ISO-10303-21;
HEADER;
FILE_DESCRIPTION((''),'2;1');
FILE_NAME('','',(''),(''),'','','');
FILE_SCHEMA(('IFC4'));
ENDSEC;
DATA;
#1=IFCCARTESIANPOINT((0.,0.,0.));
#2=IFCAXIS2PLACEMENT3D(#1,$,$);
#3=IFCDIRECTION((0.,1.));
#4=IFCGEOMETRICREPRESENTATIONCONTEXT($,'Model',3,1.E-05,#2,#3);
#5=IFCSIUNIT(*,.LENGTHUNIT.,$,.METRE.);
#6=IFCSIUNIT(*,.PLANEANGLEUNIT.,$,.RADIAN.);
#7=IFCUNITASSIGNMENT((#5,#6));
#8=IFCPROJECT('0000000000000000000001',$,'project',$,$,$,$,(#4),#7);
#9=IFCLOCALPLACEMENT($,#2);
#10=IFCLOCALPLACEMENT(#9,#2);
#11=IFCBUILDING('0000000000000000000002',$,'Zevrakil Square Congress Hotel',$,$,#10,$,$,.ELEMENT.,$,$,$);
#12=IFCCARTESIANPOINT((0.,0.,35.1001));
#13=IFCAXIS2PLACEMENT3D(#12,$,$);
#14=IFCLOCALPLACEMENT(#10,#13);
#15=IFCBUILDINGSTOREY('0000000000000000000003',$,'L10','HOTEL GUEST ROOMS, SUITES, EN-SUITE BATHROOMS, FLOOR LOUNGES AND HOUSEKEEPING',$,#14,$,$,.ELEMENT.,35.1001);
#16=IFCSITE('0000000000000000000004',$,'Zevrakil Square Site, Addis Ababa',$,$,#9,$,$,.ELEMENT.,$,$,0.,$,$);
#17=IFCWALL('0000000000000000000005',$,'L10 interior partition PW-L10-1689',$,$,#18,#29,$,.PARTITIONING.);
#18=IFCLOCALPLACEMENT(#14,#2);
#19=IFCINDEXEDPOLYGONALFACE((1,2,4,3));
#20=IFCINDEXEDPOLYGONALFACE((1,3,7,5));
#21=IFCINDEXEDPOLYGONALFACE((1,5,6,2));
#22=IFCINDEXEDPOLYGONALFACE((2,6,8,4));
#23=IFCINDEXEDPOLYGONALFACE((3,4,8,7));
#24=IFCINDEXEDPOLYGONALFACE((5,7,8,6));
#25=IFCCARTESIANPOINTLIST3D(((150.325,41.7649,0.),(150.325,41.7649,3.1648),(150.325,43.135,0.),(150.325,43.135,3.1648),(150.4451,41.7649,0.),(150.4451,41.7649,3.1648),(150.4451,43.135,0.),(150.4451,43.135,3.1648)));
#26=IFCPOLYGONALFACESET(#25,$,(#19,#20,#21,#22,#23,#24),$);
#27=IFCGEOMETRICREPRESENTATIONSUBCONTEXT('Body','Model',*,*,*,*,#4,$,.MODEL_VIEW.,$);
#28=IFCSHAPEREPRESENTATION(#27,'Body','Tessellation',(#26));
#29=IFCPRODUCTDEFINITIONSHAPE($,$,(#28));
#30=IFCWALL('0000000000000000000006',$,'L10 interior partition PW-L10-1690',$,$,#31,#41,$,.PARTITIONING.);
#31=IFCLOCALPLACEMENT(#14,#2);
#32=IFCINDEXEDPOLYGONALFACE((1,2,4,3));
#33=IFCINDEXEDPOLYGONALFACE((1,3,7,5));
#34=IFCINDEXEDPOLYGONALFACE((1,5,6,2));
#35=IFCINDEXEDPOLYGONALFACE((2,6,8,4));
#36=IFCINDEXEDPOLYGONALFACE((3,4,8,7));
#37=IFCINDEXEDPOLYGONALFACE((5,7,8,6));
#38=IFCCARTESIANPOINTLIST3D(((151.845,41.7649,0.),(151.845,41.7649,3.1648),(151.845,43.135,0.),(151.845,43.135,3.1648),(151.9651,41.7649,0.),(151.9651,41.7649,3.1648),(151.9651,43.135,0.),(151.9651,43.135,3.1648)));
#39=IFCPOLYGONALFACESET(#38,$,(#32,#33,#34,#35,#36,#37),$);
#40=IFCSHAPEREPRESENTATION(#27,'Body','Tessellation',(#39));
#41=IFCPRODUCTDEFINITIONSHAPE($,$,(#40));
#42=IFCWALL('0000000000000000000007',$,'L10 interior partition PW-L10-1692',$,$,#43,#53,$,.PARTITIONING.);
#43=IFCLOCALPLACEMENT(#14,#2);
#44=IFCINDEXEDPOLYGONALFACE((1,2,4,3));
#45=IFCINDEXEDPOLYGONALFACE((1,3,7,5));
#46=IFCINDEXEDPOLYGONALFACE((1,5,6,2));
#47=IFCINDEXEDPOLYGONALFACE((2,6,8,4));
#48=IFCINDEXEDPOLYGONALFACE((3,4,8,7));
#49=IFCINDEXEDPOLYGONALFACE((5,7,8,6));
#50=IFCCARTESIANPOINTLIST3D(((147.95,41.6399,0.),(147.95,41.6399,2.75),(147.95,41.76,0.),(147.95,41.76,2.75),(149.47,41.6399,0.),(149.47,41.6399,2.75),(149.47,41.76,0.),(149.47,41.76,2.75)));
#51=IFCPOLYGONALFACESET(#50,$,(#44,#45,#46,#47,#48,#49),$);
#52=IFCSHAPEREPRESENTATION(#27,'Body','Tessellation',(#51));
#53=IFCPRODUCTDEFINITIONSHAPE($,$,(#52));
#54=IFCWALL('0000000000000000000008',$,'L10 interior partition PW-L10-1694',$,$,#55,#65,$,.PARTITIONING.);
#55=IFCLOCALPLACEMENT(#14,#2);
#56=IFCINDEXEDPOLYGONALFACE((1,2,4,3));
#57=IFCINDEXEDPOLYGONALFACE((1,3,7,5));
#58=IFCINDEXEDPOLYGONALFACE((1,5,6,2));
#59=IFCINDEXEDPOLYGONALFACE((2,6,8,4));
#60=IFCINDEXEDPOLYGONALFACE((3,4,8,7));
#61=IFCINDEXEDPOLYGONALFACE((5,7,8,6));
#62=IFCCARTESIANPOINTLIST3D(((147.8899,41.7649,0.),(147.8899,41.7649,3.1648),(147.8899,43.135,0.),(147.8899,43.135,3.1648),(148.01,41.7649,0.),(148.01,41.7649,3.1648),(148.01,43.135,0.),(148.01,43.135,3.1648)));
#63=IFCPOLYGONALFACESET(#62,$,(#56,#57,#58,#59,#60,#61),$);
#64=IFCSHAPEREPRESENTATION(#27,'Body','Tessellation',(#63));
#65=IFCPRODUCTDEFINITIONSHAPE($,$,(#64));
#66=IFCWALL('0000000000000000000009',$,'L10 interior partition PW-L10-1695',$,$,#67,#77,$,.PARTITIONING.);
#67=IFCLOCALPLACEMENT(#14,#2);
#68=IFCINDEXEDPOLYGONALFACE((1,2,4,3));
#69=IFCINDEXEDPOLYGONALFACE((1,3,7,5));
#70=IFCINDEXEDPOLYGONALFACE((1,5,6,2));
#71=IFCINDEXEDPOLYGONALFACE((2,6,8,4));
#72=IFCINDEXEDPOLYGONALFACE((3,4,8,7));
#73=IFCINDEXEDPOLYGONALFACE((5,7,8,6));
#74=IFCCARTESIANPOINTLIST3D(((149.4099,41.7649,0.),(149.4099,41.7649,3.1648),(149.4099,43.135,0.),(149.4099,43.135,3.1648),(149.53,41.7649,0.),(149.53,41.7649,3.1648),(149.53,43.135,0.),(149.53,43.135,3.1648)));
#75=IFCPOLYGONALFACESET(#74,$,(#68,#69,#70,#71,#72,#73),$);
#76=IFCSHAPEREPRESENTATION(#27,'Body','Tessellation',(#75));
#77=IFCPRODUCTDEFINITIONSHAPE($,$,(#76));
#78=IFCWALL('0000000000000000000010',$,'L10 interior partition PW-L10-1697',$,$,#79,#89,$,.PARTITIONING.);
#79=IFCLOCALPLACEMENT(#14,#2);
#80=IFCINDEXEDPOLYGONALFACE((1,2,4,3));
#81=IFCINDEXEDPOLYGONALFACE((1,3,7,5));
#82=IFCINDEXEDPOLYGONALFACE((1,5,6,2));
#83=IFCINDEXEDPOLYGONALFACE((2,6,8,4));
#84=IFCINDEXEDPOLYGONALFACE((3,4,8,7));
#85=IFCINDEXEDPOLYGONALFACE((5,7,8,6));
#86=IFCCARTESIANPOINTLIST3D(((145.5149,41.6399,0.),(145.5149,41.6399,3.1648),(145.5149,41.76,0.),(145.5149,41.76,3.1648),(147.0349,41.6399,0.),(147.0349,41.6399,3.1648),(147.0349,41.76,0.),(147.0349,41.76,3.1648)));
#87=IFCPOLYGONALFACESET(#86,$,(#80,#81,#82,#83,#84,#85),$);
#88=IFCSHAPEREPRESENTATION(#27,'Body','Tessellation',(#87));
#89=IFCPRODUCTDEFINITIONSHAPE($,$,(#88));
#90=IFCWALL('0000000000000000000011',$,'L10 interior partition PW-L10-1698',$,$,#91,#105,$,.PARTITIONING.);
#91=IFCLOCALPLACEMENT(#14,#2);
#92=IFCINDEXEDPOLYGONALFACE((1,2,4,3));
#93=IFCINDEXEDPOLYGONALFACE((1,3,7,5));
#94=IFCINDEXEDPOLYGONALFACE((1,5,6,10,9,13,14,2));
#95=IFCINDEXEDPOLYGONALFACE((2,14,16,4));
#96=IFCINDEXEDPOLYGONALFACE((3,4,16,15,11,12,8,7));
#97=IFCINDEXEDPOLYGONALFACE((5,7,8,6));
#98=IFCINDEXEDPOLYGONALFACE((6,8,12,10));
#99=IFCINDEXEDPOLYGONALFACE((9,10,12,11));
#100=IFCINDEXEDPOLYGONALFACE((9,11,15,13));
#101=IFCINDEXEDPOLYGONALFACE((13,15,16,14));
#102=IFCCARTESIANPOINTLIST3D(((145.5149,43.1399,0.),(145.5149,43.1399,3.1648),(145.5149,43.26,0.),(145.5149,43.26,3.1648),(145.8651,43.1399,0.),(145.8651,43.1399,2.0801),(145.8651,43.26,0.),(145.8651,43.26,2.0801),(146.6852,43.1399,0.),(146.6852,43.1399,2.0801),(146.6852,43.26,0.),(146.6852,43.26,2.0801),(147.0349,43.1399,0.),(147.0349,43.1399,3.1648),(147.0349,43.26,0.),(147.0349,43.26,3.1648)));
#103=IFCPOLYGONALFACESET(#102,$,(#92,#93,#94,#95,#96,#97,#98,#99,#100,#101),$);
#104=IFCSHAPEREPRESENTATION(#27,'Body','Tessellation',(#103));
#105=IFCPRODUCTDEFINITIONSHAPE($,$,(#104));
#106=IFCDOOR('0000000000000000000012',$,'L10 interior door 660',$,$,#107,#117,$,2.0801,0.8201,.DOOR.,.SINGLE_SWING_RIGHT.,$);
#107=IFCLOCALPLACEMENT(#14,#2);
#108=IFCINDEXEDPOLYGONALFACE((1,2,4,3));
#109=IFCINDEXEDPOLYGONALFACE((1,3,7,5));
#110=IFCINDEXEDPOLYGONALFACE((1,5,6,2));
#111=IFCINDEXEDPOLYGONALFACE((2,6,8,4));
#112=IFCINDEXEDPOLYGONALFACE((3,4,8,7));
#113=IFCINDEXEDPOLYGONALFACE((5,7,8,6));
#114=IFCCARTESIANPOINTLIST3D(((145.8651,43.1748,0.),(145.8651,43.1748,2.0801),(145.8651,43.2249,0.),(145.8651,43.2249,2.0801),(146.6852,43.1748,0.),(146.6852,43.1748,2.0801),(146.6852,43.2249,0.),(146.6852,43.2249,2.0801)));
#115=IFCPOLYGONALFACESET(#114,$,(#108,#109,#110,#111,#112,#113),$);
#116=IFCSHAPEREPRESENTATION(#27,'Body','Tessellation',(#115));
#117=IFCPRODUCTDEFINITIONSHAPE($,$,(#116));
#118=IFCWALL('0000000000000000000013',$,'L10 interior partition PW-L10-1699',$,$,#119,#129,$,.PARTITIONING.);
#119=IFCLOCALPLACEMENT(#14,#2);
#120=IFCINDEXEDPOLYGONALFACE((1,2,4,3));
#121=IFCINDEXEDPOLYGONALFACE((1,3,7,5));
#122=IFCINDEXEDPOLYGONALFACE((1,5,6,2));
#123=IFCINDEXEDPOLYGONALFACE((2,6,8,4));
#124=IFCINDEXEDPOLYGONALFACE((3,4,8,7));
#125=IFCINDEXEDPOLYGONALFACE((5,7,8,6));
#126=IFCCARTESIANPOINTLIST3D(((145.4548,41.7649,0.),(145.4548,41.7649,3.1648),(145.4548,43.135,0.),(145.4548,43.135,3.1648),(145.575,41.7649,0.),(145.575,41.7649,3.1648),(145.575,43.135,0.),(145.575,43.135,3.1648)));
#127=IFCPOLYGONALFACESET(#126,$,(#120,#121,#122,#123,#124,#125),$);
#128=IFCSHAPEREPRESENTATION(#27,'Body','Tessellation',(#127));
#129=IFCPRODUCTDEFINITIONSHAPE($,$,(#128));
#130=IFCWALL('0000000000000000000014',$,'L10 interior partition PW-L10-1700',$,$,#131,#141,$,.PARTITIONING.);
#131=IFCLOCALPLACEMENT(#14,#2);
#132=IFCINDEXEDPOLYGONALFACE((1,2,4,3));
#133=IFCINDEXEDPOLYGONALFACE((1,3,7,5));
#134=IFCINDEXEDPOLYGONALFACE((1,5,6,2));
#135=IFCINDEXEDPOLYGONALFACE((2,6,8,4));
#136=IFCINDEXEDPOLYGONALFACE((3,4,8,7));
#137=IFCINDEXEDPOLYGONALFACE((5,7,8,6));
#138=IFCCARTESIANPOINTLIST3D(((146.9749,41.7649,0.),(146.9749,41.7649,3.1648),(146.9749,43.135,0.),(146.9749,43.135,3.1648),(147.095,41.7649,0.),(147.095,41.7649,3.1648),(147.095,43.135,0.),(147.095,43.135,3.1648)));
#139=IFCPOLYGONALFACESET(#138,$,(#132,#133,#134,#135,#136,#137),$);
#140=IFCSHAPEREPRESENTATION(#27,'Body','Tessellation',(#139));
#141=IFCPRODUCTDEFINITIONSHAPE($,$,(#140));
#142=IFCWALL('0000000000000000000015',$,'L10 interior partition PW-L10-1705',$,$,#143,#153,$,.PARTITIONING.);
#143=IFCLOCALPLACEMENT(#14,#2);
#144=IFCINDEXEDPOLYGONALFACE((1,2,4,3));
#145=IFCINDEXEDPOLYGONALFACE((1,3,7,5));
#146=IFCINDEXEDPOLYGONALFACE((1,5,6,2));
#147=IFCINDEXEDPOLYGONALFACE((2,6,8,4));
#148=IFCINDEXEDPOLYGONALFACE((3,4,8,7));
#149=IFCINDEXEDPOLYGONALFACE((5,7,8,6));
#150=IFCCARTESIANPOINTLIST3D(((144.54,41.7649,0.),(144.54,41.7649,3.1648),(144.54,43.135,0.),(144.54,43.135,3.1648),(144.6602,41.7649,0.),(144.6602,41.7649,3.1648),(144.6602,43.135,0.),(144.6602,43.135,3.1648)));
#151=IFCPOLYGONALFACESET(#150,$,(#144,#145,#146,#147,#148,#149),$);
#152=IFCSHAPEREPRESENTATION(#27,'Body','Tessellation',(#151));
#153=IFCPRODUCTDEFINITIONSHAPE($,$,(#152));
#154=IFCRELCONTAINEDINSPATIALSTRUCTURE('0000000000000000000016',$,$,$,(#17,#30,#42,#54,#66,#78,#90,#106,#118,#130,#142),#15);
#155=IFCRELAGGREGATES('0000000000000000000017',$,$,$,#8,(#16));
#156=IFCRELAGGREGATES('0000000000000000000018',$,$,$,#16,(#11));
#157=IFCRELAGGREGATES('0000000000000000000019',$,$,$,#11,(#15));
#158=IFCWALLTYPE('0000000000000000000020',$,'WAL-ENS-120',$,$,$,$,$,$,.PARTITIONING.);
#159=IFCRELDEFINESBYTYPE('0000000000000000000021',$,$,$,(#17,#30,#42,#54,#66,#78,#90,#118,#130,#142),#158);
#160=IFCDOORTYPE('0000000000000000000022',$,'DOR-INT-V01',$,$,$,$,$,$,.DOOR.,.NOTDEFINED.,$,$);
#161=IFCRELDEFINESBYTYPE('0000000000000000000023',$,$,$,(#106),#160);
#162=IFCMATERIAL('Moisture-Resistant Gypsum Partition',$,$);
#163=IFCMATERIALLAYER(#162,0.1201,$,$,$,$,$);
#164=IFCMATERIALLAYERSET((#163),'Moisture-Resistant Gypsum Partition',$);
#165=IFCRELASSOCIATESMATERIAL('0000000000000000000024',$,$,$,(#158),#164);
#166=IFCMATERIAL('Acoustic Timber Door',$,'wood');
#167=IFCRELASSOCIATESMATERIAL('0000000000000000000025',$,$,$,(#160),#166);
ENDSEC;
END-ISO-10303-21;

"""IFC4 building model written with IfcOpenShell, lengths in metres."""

from ifc_helpers import new_model, si_unit, direction, frame, frame_2d, origin, place, context, subcontext, project, spatial, rectangle, extrude, material, layer, layer_set, type_object, element, fill, save


model = new_model("IFC4")

# Units and contexts
model_context = context("Model", 3, precision=1e-05, world=origin(), true_north=direction((0.0, 1.0)))
body_context = subcontext(model_context, "Body", "Model", "MODEL_VIEW")
ifc_project = project(units=[si_unit("LENGTHUNIT", "METRE"), si_unit("PLANEANGLEUNIT", "RADIAN")], contexts=[model_context])

# Site, building, storey
site_placement = place(None, origin())
site = spatial("IfcSite", under=ifc_project, at=site_placement, Name="Zevrakil Square Site, Addis Ababa", CompositionType="ELEMENT", RefElevation=0.0)
building_placement = place(site_placement, origin())
building = spatial("IfcBuilding", under=site, at=building_placement, Name="Zevrakil Square Congress Hotel", CompositionType="ELEMENT")
storey_placement = place(building_placement, frame((0.0, 0.0, 35.1001)))
storey = spatial("IfcBuildingStorey", under=building, at=storey_placement, Name="L10", Description="HOTEL GUEST ROOMS, SUITES, EN-SUITE BATHROOMS, FLOOR LOUNGES AND HOUSEKEEPING", CompositionType="ELEMENT", Elevation=35.1001)

# Walls
ifc_material_1 = material(Name="Moisture-Resistant Gypsum Partition")
ifc_layer_1 = layer(ifc_material_1, 0.1201)
ifc_layer_set_1 = layer_set([ifc_layer_1], Name="Moisture-Resistant Gypsum Partition")
wall_type_1 = type_object("IfcWallType", Name="WAL-ENS-120", PredefinedType="PARTITIONING", material=ifc_layer_set_1)
for number, where, z_axis, x_axis, name in (
    (1, (150.385, 41.7649, 0.0), (0.0, 0.0, 1.0), (0.0, 1.0, 0.0), "L10 interior partition PW-L10-1689"),
    (2, (151.905, 41.7649, 0.0), (0.0, 0.0, 1.0), (0.0, 1.0, 0.0), "L10 interior partition PW-L10-1690"),
):
    element("IfcWall", number, at=place(storey_placement, frame(where, z_axis=z_axis, x_axis=x_axis)), inside=storey, type_object=wall_type_1, Name=name, PredefinedType="PARTITIONING", context=body_context, shape_type="SweptSolid", body=[
        extrude(rectangle(XDim=1.3701, YDim=0.1201, at=frame_2d((0.6851, 0.0))), origin(), (0.0, 0.0, 1.0), 3.1648),
    ])
wall_1_placement = place(storey_placement, frame((147.95, 41.7, 0.0), z_axis=(0.0, 0.0, 1.0), x_axis=(1.0, 0.0, 0.0)))
element("IfcWall", 3, at=wall_1_placement, inside=storey, type_object=wall_type_1, Name="L10 interior partition PW-L10-1692", PredefinedType="PARTITIONING", context=body_context, shape_type="SweptSolid", body=[
    extrude(rectangle(XDim=1.52, YDim=0.1201, at=frame_2d((0.76, 0.0))), origin(), (0.0, 0.0, 1.0), 2.75),
])
for number, where, z_axis, x_axis, name in (
    (4, (147.95, 41.7649, 0.0), (0.0, 0.0, 1.0), (0.0, 1.0, 0.0), "L10 interior partition PW-L10-1694"),
    (5, (149.47, 41.7649, 0.0), (0.0, 0.0, 1.0), (0.0, 1.0, 0.0), "L10 interior partition PW-L10-1695"),
):
    element("IfcWall", number, at=place(storey_placement, frame(where, z_axis=z_axis, x_axis=x_axis)), inside=storey, type_object=wall_type_1, Name=name, PredefinedType="PARTITIONING", context=body_context, shape_type="SweptSolid", body=[
        extrude(rectangle(XDim=1.3701, YDim=0.1201, at=frame_2d((0.6851, 0.0))), origin(), (0.0, 0.0, 1.0), 3.1648),
    ])
wall_2_placement = place(storey_placement, frame((145.5149, 41.7, 0.0), z_axis=(0.0, 0.0, 1.0), x_axis=(1.0, 0.0, 0.0)))
element("IfcWall", 6, at=wall_2_placement, inside=storey, type_object=wall_type_1, Name="L10 interior partition PW-L10-1697", PredefinedType="PARTITIONING", context=body_context, shape_type="SweptSolid", body=[
    extrude(rectangle(XDim=1.52, YDim=0.1201, at=frame_2d((0.76, 0.0))), origin(), (0.0, 0.0, 1.0), 3.1648),
])

# Wall, opening, door
wall_3_placement = place(storey_placement, frame((145.5149, 43.2, 0.0), z_axis=(0.0, 0.0, 1.0), x_axis=(1.0, 0.0, 0.0)))
wall_3 = element("IfcWall", 7, at=wall_3_placement, inside=storey, type_object=wall_type_1, Name="L10 interior partition PW-L10-1698", PredefinedType="PARTITIONING", context=body_context, shape_type="SweptSolid", body=[
    extrude(rectangle(XDim=1.52, YDim=0.1201, at=frame_2d((0.76, 0.0))), origin(), (0.0, 0.0, 1.0), 3.1648),
])
opening_1_placement = place(wall_3_placement, frame((0.3501, 0.0, 0.0)))
opening_1 = element("IfcOpeningElement", 8, at=opening_1_placement, cuts=wall_3, PredefinedType="OPENING", context=body_context, shape_type="SweptSolid", body=[
    extrude(rectangle(XDim=0.8201, YDim=2.0801, at=frame_2d((0.4102, 1.04))), frame((0.0, 0.0701, 0.0), z_axis=(0.0, -1.0, 0.0), x_axis=(1.0, 0.0, 0.0)), (0.0, 0.0, 1.0), 0.1401),
])
ifc_material_2 = material(Name="Acoustic Timber Door", Category="wood")
door_type_1 = type_object("IfcDoorType", Name="DOR-INT-V01", OperationType="NOTDEFINED", PredefinedType="DOOR", material=ifc_material_2)
door_1_placement = place(opening_1_placement, origin())
door_1 = element("IfcDoor", 9, at=door_1_placement, inside=storey, type_object=door_type_1, Name="L10 interior door 660", OperationType="SINGLE_SWING_RIGHT", OverallHeight=2.0801, OverallWidth=0.8201, PredefinedType="DOOR", context=body_context, shape_type="SweptSolid", body=[
    extrude(rectangle(XDim=0.8201, YDim=2.0801, at=frame_2d((0.4102, 1.04))), frame((0.0, 0.0249, 0.0), z_axis=(0.0, -1.0, 0.0), x_axis=(1.0, 0.0, 0.0)), (0.0, 0.0, 1.0), 0.05),
])
fill(opening_1, door_1)

# Walls
for number, where, z_axis, x_axis, name in (
    (10, (145.5149, 41.7649, 0.0), (0.0, 0.0, 1.0), (0.0, 1.0, 0.0), "L10 interior partition PW-L10-1699"),
    (11, (147.0349, 41.7649, 0.0), (0.0, 0.0, 1.0), (0.0, 1.0, 0.0), "L10 interior partition PW-L10-1700"),
    (12, (144.6001, 41.7649, 0.0), (0.0, 0.0, 1.0), (0.0, 1.0, 0.0), "L10 interior partition PW-L10-1705"),
):
    element("IfcWall", number, at=place(storey_placement, frame(where, z_axis=z_axis, x_axis=x_axis)), inside=storey, type_object=wall_type_1, Name=name, PredefinedType="PARTITIONING", context=body_context, shape_type="SweptSolid", body=[
        extrude(rectangle(XDim=1.3701, YDim=0.1201, at=frame_2d((0.6851, 0.0))), origin(), (0.0, 0.0, 1.0), 3.1648),
    ])

save(model, "model.ifc")
